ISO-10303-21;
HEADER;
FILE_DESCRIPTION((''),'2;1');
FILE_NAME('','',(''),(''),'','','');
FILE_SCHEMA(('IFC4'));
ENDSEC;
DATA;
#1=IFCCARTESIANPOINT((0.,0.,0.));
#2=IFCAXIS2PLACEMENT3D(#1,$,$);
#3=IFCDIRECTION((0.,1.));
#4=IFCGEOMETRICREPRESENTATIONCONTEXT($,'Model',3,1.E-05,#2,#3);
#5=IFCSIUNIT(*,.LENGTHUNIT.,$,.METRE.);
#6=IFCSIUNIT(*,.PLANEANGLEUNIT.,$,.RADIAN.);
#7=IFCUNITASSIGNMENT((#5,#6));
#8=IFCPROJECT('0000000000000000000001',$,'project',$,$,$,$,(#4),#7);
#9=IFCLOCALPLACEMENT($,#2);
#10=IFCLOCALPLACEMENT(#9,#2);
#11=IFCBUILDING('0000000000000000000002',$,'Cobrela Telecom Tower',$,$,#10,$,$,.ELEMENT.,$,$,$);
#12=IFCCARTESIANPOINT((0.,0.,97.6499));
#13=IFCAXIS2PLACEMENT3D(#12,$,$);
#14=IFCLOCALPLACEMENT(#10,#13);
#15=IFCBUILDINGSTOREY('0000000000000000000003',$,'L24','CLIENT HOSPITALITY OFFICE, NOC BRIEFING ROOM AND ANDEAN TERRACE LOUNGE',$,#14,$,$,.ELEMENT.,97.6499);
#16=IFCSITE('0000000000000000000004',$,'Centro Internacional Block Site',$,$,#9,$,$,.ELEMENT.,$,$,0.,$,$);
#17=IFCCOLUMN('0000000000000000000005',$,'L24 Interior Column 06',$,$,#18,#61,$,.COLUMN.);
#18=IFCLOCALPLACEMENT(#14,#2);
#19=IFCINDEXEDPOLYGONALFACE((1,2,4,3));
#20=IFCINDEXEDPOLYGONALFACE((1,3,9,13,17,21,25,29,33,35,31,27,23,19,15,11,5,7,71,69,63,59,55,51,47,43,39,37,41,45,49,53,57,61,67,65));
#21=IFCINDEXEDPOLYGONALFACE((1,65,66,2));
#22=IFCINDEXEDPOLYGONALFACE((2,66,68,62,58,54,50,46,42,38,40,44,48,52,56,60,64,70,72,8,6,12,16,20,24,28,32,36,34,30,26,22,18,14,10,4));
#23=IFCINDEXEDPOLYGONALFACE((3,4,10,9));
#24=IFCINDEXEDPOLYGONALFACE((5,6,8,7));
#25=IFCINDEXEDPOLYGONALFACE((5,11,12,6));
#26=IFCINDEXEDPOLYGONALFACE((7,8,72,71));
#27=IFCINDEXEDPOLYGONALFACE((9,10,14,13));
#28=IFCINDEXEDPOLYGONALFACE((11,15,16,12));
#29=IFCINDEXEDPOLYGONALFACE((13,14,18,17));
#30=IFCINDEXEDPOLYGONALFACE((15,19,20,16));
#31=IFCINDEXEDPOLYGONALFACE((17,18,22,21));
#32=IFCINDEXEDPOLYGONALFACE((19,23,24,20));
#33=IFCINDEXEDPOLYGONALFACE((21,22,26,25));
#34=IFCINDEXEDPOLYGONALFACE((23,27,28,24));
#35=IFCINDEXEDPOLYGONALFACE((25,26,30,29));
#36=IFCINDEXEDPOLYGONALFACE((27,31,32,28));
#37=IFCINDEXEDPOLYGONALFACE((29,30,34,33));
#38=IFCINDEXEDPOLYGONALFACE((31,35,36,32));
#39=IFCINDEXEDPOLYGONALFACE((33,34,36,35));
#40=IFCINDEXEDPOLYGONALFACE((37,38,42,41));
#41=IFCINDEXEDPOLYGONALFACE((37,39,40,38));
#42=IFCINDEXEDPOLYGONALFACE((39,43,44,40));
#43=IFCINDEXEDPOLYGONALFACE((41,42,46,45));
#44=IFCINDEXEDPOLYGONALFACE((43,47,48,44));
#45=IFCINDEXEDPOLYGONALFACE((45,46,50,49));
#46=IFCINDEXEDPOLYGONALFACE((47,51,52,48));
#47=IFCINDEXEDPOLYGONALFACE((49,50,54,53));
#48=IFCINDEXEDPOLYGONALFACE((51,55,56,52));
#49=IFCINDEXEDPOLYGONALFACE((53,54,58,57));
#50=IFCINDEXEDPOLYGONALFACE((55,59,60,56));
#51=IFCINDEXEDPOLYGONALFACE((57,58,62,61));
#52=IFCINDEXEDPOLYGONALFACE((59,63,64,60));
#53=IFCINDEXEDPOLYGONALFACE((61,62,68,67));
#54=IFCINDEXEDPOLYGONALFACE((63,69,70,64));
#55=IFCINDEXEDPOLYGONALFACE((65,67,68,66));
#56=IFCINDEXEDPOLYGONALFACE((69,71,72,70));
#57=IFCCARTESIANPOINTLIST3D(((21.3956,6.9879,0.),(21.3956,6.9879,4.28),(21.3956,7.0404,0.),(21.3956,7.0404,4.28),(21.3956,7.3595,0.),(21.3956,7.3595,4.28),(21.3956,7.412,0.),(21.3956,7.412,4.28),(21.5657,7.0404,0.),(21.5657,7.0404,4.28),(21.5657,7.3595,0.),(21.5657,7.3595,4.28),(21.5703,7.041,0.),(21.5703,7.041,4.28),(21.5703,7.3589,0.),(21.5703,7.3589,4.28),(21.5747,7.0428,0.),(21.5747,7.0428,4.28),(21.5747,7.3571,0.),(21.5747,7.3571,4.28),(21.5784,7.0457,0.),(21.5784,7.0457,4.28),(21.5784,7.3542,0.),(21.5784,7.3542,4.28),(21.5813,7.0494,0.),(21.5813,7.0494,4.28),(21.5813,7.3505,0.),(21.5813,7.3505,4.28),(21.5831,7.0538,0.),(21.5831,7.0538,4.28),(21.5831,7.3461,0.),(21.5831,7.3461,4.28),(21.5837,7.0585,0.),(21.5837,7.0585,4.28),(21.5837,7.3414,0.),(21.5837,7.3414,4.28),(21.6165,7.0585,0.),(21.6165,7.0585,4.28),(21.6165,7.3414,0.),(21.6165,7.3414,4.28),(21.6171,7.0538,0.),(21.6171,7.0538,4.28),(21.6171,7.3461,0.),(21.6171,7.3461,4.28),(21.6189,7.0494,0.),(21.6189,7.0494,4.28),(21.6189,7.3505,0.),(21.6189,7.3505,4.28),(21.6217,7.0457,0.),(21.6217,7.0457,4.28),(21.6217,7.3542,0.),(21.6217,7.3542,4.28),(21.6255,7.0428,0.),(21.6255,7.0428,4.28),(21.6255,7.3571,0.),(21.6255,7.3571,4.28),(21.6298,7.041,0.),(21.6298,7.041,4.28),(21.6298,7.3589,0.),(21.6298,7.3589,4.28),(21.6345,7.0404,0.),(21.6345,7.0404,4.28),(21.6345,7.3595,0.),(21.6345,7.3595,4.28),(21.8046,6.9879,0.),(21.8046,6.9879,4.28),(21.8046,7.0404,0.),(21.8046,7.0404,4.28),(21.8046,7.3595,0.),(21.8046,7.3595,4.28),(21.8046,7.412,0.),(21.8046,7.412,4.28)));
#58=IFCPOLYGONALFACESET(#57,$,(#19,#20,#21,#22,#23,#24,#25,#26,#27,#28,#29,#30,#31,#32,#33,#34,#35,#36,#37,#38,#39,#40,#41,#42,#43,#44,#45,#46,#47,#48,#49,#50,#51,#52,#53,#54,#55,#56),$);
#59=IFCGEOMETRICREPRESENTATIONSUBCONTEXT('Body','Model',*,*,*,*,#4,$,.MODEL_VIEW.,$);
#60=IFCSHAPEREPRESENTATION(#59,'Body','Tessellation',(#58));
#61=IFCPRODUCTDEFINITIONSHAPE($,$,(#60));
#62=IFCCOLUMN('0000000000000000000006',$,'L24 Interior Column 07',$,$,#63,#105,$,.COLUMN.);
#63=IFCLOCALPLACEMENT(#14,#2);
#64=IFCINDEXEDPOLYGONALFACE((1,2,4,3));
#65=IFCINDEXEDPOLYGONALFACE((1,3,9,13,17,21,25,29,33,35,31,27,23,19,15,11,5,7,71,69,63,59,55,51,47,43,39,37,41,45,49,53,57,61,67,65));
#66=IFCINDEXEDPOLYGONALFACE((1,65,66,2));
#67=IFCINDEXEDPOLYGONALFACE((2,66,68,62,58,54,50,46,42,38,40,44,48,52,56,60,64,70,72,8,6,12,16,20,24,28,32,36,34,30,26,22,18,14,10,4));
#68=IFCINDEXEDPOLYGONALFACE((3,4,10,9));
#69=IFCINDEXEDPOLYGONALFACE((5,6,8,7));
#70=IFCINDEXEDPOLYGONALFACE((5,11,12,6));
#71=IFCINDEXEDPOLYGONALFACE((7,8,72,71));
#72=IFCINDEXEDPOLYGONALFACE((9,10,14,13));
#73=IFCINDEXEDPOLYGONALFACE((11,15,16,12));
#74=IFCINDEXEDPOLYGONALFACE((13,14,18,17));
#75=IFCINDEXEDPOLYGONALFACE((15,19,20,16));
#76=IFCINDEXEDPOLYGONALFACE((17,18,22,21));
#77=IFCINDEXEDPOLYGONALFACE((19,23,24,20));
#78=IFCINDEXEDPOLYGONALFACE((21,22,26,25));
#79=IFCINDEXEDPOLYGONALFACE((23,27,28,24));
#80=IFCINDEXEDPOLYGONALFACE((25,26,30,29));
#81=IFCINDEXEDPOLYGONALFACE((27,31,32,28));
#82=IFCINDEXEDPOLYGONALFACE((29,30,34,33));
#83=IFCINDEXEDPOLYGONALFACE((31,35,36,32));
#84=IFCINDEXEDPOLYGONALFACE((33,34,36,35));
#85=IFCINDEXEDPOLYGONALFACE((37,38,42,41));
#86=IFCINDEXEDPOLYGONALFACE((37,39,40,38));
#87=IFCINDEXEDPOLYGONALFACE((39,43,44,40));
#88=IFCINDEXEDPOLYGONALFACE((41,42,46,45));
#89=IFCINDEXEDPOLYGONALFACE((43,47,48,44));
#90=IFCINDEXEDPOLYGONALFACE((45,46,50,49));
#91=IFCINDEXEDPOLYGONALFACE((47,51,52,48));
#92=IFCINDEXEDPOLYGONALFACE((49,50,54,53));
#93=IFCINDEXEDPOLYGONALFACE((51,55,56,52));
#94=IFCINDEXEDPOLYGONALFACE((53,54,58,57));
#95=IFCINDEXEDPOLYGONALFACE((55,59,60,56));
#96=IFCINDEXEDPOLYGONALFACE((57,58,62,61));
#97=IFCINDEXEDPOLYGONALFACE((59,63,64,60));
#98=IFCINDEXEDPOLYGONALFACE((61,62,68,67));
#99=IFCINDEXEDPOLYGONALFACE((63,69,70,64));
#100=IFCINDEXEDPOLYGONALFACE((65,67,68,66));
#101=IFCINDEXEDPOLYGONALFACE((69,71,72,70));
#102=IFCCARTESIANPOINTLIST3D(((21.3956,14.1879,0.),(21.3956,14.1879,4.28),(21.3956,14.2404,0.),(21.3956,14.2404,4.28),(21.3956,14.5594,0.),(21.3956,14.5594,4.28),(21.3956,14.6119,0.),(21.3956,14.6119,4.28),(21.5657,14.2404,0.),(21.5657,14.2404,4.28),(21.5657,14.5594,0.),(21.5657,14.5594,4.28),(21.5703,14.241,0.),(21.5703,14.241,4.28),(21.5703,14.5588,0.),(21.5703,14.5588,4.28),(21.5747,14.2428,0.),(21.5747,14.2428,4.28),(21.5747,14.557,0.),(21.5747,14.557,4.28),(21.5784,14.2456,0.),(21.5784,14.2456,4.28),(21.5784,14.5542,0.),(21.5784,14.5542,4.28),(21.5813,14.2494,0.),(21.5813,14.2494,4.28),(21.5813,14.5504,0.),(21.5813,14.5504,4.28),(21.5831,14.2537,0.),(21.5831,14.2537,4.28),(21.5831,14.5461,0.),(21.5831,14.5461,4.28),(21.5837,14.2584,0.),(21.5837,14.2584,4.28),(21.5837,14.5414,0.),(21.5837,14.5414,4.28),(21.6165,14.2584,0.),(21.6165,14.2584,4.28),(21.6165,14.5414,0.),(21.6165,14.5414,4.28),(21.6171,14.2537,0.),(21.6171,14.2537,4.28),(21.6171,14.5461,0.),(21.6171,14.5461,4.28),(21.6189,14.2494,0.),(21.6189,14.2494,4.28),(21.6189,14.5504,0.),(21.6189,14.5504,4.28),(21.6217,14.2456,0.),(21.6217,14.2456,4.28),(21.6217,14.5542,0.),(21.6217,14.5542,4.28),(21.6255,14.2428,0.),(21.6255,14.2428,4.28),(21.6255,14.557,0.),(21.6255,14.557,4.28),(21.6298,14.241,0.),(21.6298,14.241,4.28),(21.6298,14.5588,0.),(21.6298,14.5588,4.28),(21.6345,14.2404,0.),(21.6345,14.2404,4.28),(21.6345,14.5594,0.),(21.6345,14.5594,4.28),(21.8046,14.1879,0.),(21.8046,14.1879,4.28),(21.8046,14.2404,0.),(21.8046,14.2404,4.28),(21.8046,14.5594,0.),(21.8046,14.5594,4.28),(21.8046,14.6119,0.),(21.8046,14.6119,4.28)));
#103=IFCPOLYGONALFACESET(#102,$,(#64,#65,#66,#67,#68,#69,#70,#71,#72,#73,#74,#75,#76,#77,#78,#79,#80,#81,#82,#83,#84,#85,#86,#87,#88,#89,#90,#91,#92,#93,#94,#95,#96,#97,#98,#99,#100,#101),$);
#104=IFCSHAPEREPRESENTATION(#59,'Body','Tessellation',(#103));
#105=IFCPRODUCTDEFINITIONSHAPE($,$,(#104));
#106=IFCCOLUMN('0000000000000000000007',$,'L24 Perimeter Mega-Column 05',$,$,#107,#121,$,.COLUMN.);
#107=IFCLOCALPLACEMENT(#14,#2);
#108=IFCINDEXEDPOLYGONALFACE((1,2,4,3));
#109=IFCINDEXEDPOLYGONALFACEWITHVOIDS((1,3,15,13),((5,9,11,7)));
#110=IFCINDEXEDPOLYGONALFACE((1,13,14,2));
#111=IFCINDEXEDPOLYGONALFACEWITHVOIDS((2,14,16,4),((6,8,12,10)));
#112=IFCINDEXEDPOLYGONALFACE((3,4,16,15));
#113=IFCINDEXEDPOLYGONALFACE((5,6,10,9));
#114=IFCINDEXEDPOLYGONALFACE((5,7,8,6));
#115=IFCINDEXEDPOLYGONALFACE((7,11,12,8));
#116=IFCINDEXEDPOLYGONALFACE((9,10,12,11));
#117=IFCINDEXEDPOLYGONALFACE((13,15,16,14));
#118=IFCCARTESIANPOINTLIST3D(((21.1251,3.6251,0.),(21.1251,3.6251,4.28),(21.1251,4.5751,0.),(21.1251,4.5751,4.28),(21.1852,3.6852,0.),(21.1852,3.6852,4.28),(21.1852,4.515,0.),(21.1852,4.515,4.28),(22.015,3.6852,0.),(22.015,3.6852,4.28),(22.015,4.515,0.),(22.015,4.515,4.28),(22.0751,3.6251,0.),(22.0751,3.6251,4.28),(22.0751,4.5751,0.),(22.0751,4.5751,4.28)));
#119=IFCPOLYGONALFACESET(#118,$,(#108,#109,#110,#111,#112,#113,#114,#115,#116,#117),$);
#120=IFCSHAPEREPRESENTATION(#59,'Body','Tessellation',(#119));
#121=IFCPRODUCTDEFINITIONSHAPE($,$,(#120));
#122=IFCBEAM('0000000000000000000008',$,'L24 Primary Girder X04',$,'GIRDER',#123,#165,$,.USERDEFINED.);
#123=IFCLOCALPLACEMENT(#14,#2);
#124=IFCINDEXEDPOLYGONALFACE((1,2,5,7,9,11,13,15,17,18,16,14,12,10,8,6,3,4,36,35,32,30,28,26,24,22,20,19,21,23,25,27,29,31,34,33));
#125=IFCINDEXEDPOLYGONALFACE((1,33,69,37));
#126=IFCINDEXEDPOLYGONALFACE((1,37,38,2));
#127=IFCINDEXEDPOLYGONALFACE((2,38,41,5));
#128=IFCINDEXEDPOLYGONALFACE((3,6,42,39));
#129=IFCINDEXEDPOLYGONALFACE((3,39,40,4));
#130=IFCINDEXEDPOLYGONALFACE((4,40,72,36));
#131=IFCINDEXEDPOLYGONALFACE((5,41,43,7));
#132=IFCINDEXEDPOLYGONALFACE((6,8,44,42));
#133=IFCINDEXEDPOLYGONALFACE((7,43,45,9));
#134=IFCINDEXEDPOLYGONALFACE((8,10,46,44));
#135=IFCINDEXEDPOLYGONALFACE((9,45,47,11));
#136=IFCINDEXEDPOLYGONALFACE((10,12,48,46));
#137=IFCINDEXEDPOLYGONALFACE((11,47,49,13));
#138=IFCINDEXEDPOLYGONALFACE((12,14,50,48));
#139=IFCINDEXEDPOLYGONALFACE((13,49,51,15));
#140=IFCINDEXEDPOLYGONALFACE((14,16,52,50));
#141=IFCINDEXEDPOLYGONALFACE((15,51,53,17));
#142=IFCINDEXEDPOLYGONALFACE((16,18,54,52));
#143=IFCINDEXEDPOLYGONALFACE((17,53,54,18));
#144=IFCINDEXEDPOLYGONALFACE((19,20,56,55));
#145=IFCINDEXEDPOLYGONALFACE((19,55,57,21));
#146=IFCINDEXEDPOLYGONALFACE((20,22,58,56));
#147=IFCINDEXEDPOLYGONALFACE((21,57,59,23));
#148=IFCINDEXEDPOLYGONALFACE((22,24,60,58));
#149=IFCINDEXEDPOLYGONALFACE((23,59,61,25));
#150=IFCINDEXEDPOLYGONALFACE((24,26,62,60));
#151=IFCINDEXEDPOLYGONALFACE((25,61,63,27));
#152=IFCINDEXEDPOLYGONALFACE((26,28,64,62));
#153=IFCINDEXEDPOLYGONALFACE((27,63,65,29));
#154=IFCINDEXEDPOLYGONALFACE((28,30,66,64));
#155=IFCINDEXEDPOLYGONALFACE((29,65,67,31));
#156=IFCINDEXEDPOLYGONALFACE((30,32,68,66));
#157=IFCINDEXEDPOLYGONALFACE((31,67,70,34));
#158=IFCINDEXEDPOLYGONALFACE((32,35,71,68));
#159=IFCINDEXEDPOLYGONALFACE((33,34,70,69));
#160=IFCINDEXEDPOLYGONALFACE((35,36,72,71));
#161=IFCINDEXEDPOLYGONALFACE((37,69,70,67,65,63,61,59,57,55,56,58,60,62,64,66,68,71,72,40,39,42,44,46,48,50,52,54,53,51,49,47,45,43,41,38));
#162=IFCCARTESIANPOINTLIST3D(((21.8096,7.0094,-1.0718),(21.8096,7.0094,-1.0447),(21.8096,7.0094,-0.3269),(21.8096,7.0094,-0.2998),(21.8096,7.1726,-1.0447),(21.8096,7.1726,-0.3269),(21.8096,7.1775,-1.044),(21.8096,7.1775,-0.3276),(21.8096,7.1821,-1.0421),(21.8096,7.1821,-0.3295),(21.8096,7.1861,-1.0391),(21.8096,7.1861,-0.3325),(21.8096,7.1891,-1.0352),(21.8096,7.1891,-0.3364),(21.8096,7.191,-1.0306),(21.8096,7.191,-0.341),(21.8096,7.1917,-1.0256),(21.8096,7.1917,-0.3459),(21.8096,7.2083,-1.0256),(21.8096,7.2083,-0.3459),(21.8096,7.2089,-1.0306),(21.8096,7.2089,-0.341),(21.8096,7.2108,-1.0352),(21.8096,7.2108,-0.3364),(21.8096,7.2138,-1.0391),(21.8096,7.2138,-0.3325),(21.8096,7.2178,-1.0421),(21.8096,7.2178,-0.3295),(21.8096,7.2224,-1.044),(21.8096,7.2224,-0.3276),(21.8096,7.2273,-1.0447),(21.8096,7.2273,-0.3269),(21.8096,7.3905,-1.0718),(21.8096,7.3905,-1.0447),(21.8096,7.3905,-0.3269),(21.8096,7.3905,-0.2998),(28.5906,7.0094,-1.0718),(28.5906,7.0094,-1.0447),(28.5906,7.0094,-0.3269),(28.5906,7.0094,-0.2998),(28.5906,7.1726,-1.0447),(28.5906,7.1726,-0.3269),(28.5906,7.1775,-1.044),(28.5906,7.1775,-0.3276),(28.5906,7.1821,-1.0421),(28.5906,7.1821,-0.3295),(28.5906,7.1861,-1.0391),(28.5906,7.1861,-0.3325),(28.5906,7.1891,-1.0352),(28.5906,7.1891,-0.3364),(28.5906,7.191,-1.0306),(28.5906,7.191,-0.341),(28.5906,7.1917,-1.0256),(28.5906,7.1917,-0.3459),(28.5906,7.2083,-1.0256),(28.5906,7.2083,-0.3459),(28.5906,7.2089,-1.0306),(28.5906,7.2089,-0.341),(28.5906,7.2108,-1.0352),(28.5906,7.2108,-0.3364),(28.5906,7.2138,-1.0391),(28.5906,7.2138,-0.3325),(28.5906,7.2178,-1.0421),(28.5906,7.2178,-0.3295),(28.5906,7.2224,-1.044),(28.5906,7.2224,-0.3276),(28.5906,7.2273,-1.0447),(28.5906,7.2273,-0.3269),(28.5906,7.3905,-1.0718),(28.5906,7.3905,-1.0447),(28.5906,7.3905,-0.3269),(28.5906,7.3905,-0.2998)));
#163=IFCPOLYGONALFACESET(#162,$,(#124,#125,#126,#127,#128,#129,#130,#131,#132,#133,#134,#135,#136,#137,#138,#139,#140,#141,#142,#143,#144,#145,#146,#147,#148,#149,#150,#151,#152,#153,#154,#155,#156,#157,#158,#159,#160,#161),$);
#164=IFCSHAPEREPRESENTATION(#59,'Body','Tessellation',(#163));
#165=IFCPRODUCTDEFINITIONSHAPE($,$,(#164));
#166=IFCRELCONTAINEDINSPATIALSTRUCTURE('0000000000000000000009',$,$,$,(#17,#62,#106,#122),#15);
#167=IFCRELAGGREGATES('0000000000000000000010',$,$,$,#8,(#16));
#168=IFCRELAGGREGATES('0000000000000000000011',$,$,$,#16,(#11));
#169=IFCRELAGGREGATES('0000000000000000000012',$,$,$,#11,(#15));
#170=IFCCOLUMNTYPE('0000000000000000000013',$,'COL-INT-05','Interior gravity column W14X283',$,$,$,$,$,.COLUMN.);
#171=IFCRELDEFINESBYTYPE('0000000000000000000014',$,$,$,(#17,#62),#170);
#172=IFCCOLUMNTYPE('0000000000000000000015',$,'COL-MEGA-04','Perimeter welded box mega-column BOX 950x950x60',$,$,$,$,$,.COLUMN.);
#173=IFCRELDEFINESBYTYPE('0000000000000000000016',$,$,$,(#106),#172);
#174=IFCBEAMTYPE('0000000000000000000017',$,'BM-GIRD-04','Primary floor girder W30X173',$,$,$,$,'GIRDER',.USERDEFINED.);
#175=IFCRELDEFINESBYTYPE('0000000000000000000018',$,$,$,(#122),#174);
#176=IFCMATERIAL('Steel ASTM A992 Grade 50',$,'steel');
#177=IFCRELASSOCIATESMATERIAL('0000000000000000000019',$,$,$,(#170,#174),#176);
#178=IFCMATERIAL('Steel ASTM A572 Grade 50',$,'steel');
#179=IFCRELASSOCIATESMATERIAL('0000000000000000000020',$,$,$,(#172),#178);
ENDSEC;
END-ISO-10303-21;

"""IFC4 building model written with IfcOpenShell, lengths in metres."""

from ifc_helpers import new_model, si_unit, direction, frame, origin, origin_2d, place, context, subcontext, project, spatial, hollow_rectangle, i_section, extrude, material, material_profile, profile_set, type_object, element, save


model = new_model("IFC4")

# Units and contexts
model_context = context("Model", 3, precision=1e-05, world=origin(), true_north=direction((0.0, 1.0)))
body_context = subcontext(model_context, "Body", "Model", "MODEL_VIEW")
ifc_project = project(units=[si_unit("LENGTHUNIT", "METRE"), si_unit("PLANEANGLEUNIT", "RADIAN")], contexts=[model_context])

# Site, building, storey
site_placement = place(None, origin())
site = spatial("IfcSite", under=ifc_project, at=site_placement, Name="Centro Internacional Block Site", CompositionType="ELEMENT", RefElevation=0.0)
building_placement = place(site_placement, origin())
building = spatial("IfcBuilding", under=site, at=building_placement, Name="Cobrela Telecom Tower", CompositionType="ELEMENT")
storey_placement = place(building_placement, frame((0.0, 0.0, 97.6499)))
storey = spatial("IfcBuildingStorey", under=building, at=storey_placement, Name="L24", Description="CLIENT HOSPITALITY OFFICE, NOC BRIEFING ROOM AND ANDEAN TERRACE LOUNGE", CompositionType="ELEMENT", Elevation=97.6499)

# Columns
ifc_material_1 = material(Name="Steel ASTM A992 Grade 50", Category="steel")
ifc_material_profile_1 = material_profile(ifc_material_1, i_section(OverallWidth=0.4089, OverallDepth=0.4241, WebThickness=0.0327, FlangeThickness=0.0525, FilletRadius=0.0181, at=origin_2d()), Name="W14X283")
ifc_profile_set_1 = profile_set([ifc_material_profile_1], Name="Steel ASTM A992 Grade 50")
column_type_1 = type_object("IfcColumnType", Name="COL-INT-05", Description="Interior gravity column W14X283", PredefinedType="COLUMN", material=ifc_profile_set_1)
for number, where, z_axis, x_axis, name in (
    (1, (21.6001, 7.2, 0.0), (0.0, 0.0, 1.0), (1.0, 0.0, 0.0), "L24 Interior Column 06"),
    (2, (21.6001, 14.3999, 0.0), (0.0, 0.0, 1.0), (1.0, 0.0, 0.0), "L24 Interior Column 07"),
):
    element("IfcColumn", number, at=place(storey_placement, frame(where, z_axis=z_axis, x_axis=x_axis)), inside=storey, type_object=column_type_1, Name=name, PredefinedType="COLUMN", context=body_context, shape_type="SweptSolid", body=[
        extrude(i_section(OverallWidth=0.4089, OverallDepth=0.4241, WebThickness=0.0327, FlangeThickness=0.0525, FilletRadius=0.0181, at=origin_2d()), origin(), (0.0, 0.0, 1.0), 4.28),
    ])
ifc_material_2 = material(Name="Steel ASTM A572 Grade 50", Category="steel")
ifc_material_profile_2 = material_profile(ifc_material_2, hollow_rectangle(XDim=0.95, YDim=0.95, WallThickness=0.0601, at=origin_2d()), Name="BOX 950x950x60")
ifc_profile_set_2 = profile_set([ifc_material_profile_2], Name="Steel ASTM A572 Grade 50")
column_type_2 = type_object("IfcColumnType", Name="COL-MEGA-04", Description="Perimeter welded box mega-column BOX 950x950x60", PredefinedType="COLUMN", material=ifc_profile_set_2)
column_placement = place(storey_placement, frame((21.6001, 4.1001, 0.0), z_axis=(0.0, 0.0, 1.0), x_axis=(1.0, 0.0, 0.0)))
element("IfcColumn", 3, at=column_placement, inside=storey, type_object=column_type_2, Name="L24 Perimeter Mega-Column 05", PredefinedType="COLUMN", context=body_context, shape_type="SweptSolid", body=[
    extrude(hollow_rectangle(XDim=0.95, YDim=0.95, WallThickness=0.0601, at=origin_2d()), origin(), (0.0, 0.0, 1.0), 4.28),
])

# Beam
ifc_material_profile_3 = material_profile(ifc_material_1, i_section(OverallWidth=0.3811, OverallDepth=0.772, WebThickness=0.0166, FlangeThickness=0.0271, FilletRadius=0.019, at=origin_2d()), Name="W30X173")
ifc_profile_set_3 = profile_set([ifc_material_profile_3], Name="Steel ASTM A992 Grade 50")
beam_type_1 = type_object("IfcBeamType", Name="BM-GIRD-04", Description="Primary floor girder W30X173", ElementType="GIRDER", PredefinedType="USERDEFINED", material=ifc_profile_set_3)
for number, where, z_axis, x_axis, name in (
    (4, (21.8096, 7.2, -0.6858), (1.0, 0.0, 0.0), (0.0, 1.0, 0.0), "L24 Primary Girder X04"),
):
    element("IfcBeam", number, at=place(storey_placement, frame(where, z_axis=z_axis, x_axis=x_axis)), inside=storey, type_object=beam_type_1, Name=name, ObjectType="GIRDER", PredefinedType="USERDEFINED", context=body_context, shape_type="SweptSolid", body=[
        extrude(i_section(OverallWidth=0.3811, OverallDepth=0.772, WebThickness=0.0166, FlangeThickness=0.0271, FilletRadius=0.019, at=origin_2d()), origin(), (0.0, 0.0, 1.0), 6.781),
    ])

save(model, "model.ifc")
